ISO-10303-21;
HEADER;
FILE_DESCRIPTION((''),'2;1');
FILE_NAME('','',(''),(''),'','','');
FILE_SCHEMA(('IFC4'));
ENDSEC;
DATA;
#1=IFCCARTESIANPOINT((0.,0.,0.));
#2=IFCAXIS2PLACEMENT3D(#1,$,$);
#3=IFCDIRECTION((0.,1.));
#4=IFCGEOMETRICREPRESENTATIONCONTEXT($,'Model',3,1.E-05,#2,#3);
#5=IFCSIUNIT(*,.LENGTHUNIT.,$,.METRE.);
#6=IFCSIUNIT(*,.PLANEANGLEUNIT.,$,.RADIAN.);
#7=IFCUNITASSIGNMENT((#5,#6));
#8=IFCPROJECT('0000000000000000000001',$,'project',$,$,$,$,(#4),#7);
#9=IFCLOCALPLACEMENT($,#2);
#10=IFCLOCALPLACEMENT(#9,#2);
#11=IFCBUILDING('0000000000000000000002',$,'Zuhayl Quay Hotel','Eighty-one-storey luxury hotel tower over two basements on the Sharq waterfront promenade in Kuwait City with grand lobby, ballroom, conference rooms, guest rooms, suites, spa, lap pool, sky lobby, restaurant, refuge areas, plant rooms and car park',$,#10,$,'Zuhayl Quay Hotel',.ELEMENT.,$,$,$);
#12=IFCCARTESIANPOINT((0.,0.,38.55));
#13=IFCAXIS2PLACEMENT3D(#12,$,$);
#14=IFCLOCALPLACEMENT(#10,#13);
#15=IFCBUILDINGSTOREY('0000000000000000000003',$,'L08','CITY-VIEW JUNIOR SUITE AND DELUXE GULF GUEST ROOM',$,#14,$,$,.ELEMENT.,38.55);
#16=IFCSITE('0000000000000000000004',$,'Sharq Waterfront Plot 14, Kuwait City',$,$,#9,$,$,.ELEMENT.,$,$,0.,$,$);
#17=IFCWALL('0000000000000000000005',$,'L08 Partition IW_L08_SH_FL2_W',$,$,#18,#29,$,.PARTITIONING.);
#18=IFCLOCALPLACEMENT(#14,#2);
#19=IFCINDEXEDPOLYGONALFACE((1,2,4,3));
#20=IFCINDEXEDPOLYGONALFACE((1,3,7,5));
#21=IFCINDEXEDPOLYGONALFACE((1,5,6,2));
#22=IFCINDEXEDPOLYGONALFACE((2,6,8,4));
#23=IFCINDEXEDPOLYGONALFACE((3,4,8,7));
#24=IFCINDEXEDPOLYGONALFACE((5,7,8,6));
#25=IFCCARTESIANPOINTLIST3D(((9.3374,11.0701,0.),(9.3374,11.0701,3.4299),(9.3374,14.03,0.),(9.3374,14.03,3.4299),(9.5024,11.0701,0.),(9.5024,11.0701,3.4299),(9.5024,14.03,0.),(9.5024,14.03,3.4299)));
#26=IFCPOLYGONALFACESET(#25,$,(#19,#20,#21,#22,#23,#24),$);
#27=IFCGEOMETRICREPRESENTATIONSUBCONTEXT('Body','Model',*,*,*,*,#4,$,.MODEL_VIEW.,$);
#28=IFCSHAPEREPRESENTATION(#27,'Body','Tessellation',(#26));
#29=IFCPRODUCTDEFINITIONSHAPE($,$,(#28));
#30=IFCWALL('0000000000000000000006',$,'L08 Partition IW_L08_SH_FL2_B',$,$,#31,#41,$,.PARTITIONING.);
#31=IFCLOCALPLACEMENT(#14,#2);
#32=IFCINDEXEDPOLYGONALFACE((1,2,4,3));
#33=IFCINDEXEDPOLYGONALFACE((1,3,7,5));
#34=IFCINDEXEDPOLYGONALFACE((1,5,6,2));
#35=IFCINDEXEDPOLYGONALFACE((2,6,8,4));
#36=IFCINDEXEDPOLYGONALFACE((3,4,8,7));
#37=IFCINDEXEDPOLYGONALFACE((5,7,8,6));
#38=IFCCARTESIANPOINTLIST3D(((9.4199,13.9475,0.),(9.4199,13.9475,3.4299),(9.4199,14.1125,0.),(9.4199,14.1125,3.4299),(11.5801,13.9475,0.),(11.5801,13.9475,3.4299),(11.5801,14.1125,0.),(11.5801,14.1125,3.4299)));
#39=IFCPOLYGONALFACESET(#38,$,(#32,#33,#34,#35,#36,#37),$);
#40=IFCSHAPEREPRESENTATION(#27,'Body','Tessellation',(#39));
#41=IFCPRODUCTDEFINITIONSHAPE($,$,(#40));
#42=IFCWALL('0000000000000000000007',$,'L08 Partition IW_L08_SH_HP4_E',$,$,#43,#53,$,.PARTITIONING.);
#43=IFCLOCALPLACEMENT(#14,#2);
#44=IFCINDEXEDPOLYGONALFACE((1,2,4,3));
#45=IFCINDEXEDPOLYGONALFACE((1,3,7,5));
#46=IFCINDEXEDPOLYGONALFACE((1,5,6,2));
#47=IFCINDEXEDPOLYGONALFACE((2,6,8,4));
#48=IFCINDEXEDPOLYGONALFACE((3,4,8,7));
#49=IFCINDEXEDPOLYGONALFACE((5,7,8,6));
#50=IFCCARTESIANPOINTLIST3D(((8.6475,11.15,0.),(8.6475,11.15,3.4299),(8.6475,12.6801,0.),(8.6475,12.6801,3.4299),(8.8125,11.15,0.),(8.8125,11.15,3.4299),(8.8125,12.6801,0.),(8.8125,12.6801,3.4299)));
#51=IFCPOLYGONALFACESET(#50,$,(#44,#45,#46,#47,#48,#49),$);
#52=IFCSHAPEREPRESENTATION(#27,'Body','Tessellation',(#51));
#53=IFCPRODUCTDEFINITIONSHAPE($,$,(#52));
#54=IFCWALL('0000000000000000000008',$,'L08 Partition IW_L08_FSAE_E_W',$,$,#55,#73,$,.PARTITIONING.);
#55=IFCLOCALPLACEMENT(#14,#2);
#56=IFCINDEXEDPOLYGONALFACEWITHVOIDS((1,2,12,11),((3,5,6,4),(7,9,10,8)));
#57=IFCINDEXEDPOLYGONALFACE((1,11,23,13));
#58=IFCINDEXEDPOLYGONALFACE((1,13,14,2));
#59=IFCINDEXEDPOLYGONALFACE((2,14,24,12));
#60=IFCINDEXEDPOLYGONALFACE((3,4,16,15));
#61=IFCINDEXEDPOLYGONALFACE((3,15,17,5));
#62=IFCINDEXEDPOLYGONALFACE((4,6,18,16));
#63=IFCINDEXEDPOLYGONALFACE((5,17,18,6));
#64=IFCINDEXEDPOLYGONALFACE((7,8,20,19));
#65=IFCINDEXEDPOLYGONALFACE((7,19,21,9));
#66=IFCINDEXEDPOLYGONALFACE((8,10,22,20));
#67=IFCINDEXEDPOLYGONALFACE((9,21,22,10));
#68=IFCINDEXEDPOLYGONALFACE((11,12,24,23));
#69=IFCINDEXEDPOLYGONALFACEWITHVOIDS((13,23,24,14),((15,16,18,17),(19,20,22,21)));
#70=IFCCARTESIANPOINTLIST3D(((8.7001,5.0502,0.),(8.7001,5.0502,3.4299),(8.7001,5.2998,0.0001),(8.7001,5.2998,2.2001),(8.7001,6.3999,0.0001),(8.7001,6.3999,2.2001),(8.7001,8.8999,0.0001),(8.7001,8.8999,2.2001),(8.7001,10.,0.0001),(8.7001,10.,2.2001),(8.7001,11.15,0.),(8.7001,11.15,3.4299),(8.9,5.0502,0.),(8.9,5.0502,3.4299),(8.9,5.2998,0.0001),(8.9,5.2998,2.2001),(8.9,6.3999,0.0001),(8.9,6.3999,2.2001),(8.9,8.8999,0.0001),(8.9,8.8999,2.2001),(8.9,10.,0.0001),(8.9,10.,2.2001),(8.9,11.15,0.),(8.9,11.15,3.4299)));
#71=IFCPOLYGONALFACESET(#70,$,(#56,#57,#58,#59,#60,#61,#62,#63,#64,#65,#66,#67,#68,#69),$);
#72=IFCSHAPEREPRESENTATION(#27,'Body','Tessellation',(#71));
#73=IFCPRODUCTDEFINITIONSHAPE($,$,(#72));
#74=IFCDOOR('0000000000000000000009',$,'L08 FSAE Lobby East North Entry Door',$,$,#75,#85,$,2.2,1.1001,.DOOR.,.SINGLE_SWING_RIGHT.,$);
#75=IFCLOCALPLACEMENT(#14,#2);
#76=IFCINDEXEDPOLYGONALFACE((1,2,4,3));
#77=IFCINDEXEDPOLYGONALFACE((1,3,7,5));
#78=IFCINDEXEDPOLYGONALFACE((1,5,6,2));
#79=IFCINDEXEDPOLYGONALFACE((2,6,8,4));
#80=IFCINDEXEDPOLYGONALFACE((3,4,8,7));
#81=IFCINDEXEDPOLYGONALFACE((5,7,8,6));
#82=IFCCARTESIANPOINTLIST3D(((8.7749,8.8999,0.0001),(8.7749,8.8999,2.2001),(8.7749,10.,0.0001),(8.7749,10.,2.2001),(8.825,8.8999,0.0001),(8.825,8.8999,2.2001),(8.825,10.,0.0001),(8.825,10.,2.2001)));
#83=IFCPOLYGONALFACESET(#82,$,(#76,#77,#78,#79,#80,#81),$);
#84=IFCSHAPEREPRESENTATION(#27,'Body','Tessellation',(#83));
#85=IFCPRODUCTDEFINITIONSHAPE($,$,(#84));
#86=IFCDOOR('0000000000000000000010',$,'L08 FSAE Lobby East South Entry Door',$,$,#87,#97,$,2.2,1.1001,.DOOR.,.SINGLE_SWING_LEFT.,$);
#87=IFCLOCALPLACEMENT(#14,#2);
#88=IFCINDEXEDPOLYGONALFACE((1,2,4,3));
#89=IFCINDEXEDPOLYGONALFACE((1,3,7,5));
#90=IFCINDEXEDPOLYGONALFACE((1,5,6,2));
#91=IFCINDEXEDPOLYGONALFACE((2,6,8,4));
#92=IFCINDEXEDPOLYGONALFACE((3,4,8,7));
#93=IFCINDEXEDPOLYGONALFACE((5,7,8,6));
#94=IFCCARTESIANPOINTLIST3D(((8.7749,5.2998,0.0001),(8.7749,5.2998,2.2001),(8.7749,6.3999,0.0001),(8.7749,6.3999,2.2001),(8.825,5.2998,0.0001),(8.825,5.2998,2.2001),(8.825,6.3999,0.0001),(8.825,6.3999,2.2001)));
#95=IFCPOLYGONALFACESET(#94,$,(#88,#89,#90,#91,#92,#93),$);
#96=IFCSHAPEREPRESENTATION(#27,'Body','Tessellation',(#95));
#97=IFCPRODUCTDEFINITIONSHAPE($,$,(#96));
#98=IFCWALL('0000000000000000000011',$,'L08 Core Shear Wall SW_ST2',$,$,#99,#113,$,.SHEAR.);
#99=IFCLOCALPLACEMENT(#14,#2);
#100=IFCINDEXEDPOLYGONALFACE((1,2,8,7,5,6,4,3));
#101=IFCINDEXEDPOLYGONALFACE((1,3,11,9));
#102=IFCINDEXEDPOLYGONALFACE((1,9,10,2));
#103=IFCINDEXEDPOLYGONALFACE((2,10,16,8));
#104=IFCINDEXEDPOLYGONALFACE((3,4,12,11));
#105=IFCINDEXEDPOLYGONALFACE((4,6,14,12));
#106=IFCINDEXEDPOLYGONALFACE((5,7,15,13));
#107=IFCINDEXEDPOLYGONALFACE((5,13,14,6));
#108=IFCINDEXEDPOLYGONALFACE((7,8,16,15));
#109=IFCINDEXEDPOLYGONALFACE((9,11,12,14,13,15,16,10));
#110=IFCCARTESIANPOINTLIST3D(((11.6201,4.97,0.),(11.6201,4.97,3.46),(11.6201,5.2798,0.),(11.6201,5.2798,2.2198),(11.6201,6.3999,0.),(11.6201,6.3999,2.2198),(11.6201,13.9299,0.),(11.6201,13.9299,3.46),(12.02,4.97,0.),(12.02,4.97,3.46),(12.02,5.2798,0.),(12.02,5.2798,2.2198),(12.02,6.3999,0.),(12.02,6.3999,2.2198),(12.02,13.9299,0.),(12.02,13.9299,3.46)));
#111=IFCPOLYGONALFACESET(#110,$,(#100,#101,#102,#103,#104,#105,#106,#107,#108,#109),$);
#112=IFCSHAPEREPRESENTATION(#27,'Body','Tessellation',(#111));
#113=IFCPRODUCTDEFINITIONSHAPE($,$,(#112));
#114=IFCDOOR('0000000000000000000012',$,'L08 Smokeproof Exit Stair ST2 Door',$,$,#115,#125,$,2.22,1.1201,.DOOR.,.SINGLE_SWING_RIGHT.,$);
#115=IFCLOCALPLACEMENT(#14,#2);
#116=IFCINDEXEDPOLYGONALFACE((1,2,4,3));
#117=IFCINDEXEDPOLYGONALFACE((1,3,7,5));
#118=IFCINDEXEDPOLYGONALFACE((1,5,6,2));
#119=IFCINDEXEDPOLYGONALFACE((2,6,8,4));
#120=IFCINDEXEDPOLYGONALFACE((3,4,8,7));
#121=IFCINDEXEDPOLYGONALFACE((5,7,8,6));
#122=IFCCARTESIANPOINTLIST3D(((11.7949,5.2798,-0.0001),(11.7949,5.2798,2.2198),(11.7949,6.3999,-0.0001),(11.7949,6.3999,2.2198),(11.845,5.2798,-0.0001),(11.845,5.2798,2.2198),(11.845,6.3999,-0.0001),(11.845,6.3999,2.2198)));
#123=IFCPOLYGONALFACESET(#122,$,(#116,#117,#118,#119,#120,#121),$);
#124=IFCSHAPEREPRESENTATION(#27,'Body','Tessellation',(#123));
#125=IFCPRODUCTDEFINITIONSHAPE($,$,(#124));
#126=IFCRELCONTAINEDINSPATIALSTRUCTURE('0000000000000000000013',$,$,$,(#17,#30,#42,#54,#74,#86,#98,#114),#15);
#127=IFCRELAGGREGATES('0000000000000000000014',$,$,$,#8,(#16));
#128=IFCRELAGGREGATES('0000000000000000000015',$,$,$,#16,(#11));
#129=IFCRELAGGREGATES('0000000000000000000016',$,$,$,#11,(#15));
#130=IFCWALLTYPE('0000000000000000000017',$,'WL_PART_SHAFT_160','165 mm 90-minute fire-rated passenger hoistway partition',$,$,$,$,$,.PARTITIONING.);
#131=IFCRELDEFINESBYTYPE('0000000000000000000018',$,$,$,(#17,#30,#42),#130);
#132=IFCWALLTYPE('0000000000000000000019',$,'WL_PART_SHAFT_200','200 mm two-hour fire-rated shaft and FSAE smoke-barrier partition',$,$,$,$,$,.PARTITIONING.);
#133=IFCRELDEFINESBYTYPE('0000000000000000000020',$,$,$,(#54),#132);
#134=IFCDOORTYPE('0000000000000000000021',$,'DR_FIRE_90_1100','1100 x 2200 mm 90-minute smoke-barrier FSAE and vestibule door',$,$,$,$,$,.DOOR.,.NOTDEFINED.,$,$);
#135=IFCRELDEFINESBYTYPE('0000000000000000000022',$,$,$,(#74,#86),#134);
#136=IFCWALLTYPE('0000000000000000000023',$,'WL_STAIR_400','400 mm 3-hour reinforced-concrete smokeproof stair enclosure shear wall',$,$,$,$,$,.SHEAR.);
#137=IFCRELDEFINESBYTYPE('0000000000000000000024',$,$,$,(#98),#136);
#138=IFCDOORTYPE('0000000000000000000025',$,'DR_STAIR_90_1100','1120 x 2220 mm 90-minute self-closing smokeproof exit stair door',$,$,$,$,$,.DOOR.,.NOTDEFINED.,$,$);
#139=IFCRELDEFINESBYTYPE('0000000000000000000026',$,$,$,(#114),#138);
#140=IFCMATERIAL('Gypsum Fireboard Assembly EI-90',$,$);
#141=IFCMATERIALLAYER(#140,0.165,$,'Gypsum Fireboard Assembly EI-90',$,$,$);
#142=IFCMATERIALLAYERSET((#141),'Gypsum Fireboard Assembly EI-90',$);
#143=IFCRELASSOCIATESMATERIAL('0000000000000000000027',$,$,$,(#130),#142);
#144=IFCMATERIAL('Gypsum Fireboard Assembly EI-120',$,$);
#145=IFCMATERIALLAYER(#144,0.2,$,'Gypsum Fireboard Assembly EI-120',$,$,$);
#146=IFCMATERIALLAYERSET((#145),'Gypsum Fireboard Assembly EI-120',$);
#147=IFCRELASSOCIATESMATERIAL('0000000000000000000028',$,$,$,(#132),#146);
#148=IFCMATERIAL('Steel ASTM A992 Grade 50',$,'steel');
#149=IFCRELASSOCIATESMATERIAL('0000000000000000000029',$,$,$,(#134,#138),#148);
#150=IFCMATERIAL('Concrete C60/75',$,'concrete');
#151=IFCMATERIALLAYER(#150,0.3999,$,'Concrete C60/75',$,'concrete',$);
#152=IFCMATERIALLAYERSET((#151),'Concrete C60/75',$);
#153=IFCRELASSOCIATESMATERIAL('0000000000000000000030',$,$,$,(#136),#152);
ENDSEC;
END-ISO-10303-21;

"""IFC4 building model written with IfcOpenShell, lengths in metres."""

from ifc_helpers import new_model, si_unit, direction, frame, frame_2d, origin, place, context, subcontext, project, spatial, rectangle, extrude, material, layer, layer_set, type_object, element, fill, save


model = new_model("IFC4")

# Units and contexts
model_context = context("Model", 3, precision=1e-05, world=origin(), true_north=direction((0.0, 1.0)))
body_context = subcontext(model_context, "Body", "Model", "MODEL_VIEW")
ifc_project = project(units=[si_unit("LENGTHUNIT", "METRE"), si_unit("PLANEANGLEUNIT", "RADIAN")], contexts=[model_context])

# Site, building, storey
site_placement = place(None, origin())
site = spatial("IfcSite", under=ifc_project, at=site_placement, Name="Sharq Waterfront Plot 14, Kuwait City", CompositionType="ELEMENT", RefElevation=0.0)
building_placement = place(site_placement, origin())
building = spatial("IfcBuilding", under=site, at=building_placement, Name="Zuhayl Quay Hotel", Description="Eighty-one-storey luxury hotel tower over two basements on the Sharq waterfront promenade in Kuwait City with grand lobby, ballroom, conference rooms, guest rooms, suites, spa, lap pool, sky lobby, restaurant, refuge areas, plant rooms and car park", LongName="Zuhayl Quay Hotel", CompositionType="ELEMENT")
storey_placement = place(building_placement, frame((0.0, 0.0, 38.55)))
storey = spatial("IfcBuildingStorey", under=building, at=storey_placement, Name="L08", Description="CITY-VIEW JUNIOR SUITE AND DELUXE GULF GUEST ROOM", CompositionType="ELEMENT", Elevation=38.55)

# Shared definitions
ifc_material_1 = material(Name="Steel ASTM A992 Grade 50", Category="steel")

# Shared definitions
ifc_material_2 = material(Name="Gypsum Fireboard Assembly EI-90")
ifc_layer_1 = layer(ifc_material_2, 0.165, Name="Gypsum Fireboard Assembly EI-90")
ifc_layer_set_1 = layer_set([ifc_layer_1], Name="Gypsum Fireboard Assembly EI-90")
wall_type_1 = type_object("IfcWallType", Name="WL_PART_SHAFT_160", Description="165 mm 90-minute fire-rated passenger hoistway partition", PredefinedType="PARTITIONING", material=ifc_layer_set_1)

# Walls
wall_1_placement = place(storey_placement, frame((9.4199, 11.0701, 0.0), z_axis=(0.0, 0.0, 1.0), x_axis=(0.0, 1.0, 0.0)))
element("IfcWall", 1, at=wall_1_placement, inside=storey, type_object=wall_type_1, Name="L08 Partition IW_L08_SH_FL2_W", PredefinedType="PARTITIONING", context=body_context, shape_type="SweptSolid", body=[
    extrude(rectangle(XDim=2.96, YDim=0.165, at=frame_2d((1.48, 0.0))), origin(), (0.0, 0.0, 1.0), 3.4299),
])
wall_2_placement = place(storey_placement, frame((9.4199, 14.03, 0.0), z_axis=(0.0, 0.0, 1.0), x_axis=(1.0, 0.0, 0.0)))
element("IfcWall", 2, at=wall_2_placement, inside=storey, type_object=wall_type_1, Name="L08 Partition IW_L08_SH_FL2_B", PredefinedType="PARTITIONING", context=body_context, shape_type="SweptSolid", body=[
    extrude(rectangle(XDim=2.1602, YDim=0.165, at=frame_2d((1.0801, 0.0))), origin(), (0.0, 0.0, 1.0), 3.4299),
])
wall_3_placement = place(storey_placement, frame((8.73, 11.1499, 0.0), z_axis=(0.0, 0.0, 1.0), x_axis=(0.0, 1.0, 0.0)))
element("IfcWall", 3, at=wall_3_placement, inside=storey, type_object=wall_type_1, Name="L08 Partition IW_L08_SH_HP4_E", PredefinedType="PARTITIONING", context=body_context, shape_type="SweptSolid", body=[
    extrude(rectangle(XDim=1.53, YDim=0.165, at=frame_2d((0.7651, 0.0))), origin(), (0.0, 0.0, 1.0), 3.4299),
])

# Wall, openings, doors
ifc_material_3 = material(Name="Gypsum Fireboard Assembly EI-120")
ifc_layer_2 = layer(ifc_material_3, 0.2, Name="Gypsum Fireboard Assembly EI-120")
ifc_layer_set_2 = layer_set([ifc_layer_2], Name="Gypsum Fireboard Assembly EI-120")
wall_type_2 = type_object("IfcWallType", Name="WL_PART_SHAFT_200", Description="200 mm two-hour fire-rated shaft and FSAE smoke-barrier partition", PredefinedType="PARTITIONING", material=ifc_layer_set_2)
wall_4_placement = place(storey_placement, frame((8.8, 11.1499, 0.0), z_axis=(0.0, 0.0, 1.0), x_axis=(0.0, -1.0, 0.0)))
wall_4 = element("IfcWall", 4, at=wall_4_placement, inside=storey, type_object=wall_type_2, Name="L08 Partition IW_L08_FSAE_E_W", PredefinedType="PARTITIONING", context=body_context, shape_type="SweptSolid", body=[
    extrude(rectangle(XDim=6.0999, YDim=0.2, at=frame_2d((3.0498, 0.0))), origin(), (0.0, 0.0, 1.0), 3.4299),
])
opening_1_placement = place(wall_4_placement, frame((1.1499, 0.0, 0.0)))
opening_1 = element("IfcOpeningElement", 5, at=opening_1_placement, cuts=wall_4, PredefinedType="OPENING", context=body_context, shape_type="SweptSolid", body=[
    extrude(rectangle(XDim=1.1001, YDim=2.2, at=frame_2d((0.55, 1.1001))), frame((0.0, 0.1099, 0.0), z_axis=(0.0, -1.0, 0.0), x_axis=(1.0, 0.0, 0.0)), (0.0, 0.0, 1.0), 0.22),
])
opening_2_placement = place(wall_4_placement, frame((4.75, 0.0, 0.0)))
opening_2 = element("IfcOpeningElement", 6, at=opening_2_placement, cuts=wall_4, PredefinedType="OPENING", context=body_context, shape_type="SweptSolid", body=[
    extrude(rectangle(XDim=1.1001, YDim=2.2, at=frame_2d((0.55, 1.1001))), frame((0.0, 0.1099, 0.0), z_axis=(0.0, -1.0, 0.0), x_axis=(1.0, 0.0, 0.0)), (0.0, 0.0, 1.0), 0.22),
])
door_type_1 = type_object("IfcDoorType", Name="DR_FIRE_90_1100", Description="1100 x 2200 mm 90-minute smoke-barrier FSAE and vestibule door", OperationType="NOTDEFINED", PredefinedType="DOOR", material=ifc_material_1)
door_1_placement = place(opening_1_placement, origin())
door_1 = element("IfcDoor", 7, at=door_1_placement, inside=storey, type_object=door_type_1, Name="L08 FSAE Lobby East North Entry Door", OperationType="SINGLE_SWING_RIGHT", OverallHeight=2.2, OverallWidth=1.1001, PredefinedType="DOOR", context=body_context, shape_type="SweptSolid", body=[
    extrude(rectangle(XDim=1.1001, YDim=2.2, at=frame_2d((0.55, 1.1001))), frame((0.0, 0.0249, 0.0), z_axis=(0.0, -1.0, 0.0), x_axis=(1.0, 0.0, 0.0)), (0.0, 0.0, 1.0), 0.05),
])
fill(opening_1, door_1)
door_2_placement = place(opening_2_placement, origin())
door_2 = element("IfcDoor", 8, at=door_2_placement, inside=storey, type_object=door_type_1, Name="L08 FSAE Lobby East South Entry Door", OperationType="SINGLE_SWING_LEFT", OverallHeight=2.2, OverallWidth=1.1001, PredefinedType="DOOR", context=body_context, shape_type="SweptSolid", body=[
    extrude(rectangle(XDim=1.1001, YDim=2.2, at=frame_2d((0.55, 1.1001))), frame((0.0, 0.0249, 0.0), z_axis=(0.0, -1.0, 0.0), x_axis=(1.0, 0.0, 0.0)), (0.0, 0.0, 1.0), 0.05),
])
fill(opening_2, door_2)

# Wall, opening, door
ifc_material_4 = material(Name="Concrete C60/75", Category="concrete")
ifc_layer_3 = layer(ifc_material_4, 0.3999, Name="Concrete C60/75", Category="concrete")
ifc_layer_set_3 = layer_set([ifc_layer_3], Name="Concrete C60/75")
wall_type_3 = type_object("IfcWallType", Name="WL_STAIR_400", Description="400 mm 3-hour reinforced-concrete smokeproof stair enclosure shear wall", PredefinedType="SHEAR", material=ifc_layer_set_3)
wall_5_placement = place(storey_placement, frame((11.8201, 13.9299, 0.0), z_axis=(0.0, 0.0, 1.0), x_axis=(0.0, -1.0, 0.0)))
wall_5 = element("IfcWall", 9, at=wall_5_placement, inside=storey, type_object=wall_type_3, Name="L08 Core Shear Wall SW_ST2", PredefinedType="SHEAR", context=body_context, shape_type="SweptSolid", body=[
    extrude(rectangle(XDim=8.96, YDim=0.3999, at=frame_2d((4.48, 0.0))), origin(), (0.0, 0.0, 1.0), 3.46),
])
opening_3_placement = place(wall_5_placement, frame((7.53, 0.0, 0.0)))
opening_3 = element("IfcOpeningElement", 10, at=opening_3_placement, cuts=wall_5, PredefinedType="OPENING", context=body_context, shape_type="SweptSolid", body=[
    extrude(rectangle(XDim=1.1201, YDim=2.22, at=frame_2d((0.5601, 1.1099))), frame((0.0, 0.21, 0.0), z_axis=(0.0, -1.0, 0.0), x_axis=(1.0, 0.0, 0.0)), (0.0, 0.0, 1.0), 0.4199),
])
door_type_2 = type_object("IfcDoorType", Name="DR_STAIR_90_1100", Description="1120 x 2220 mm 90-minute self-closing smokeproof exit stair door", OperationType="NOTDEFINED", PredefinedType="DOOR", material=ifc_material_1)
door_3_placement = place(opening_3_placement, origin())
door_3 = element("IfcDoor", 11, at=door_3_placement, inside=storey, type_object=door_type_2, Name="L08 Smokeproof Exit Stair ST2 Door", OperationType="SINGLE_SWING_RIGHT", OverallHeight=2.22, OverallWidth=1.1201, PredefinedType="DOOR", context=body_context, shape_type="SweptSolid", body=[
    extrude(rectangle(XDim=1.1201, YDim=2.22, at=frame_2d((0.5601, 1.1099))), frame((0.0, 0.0249, 0.0), z_axis=(0.0, -1.0, 0.0), x_axis=(1.0, 0.0, 0.0)), (0.0, 0.0, 1.0), 0.05),
])
fill(opening_3, door_3)

save(model, "model.ifc")
